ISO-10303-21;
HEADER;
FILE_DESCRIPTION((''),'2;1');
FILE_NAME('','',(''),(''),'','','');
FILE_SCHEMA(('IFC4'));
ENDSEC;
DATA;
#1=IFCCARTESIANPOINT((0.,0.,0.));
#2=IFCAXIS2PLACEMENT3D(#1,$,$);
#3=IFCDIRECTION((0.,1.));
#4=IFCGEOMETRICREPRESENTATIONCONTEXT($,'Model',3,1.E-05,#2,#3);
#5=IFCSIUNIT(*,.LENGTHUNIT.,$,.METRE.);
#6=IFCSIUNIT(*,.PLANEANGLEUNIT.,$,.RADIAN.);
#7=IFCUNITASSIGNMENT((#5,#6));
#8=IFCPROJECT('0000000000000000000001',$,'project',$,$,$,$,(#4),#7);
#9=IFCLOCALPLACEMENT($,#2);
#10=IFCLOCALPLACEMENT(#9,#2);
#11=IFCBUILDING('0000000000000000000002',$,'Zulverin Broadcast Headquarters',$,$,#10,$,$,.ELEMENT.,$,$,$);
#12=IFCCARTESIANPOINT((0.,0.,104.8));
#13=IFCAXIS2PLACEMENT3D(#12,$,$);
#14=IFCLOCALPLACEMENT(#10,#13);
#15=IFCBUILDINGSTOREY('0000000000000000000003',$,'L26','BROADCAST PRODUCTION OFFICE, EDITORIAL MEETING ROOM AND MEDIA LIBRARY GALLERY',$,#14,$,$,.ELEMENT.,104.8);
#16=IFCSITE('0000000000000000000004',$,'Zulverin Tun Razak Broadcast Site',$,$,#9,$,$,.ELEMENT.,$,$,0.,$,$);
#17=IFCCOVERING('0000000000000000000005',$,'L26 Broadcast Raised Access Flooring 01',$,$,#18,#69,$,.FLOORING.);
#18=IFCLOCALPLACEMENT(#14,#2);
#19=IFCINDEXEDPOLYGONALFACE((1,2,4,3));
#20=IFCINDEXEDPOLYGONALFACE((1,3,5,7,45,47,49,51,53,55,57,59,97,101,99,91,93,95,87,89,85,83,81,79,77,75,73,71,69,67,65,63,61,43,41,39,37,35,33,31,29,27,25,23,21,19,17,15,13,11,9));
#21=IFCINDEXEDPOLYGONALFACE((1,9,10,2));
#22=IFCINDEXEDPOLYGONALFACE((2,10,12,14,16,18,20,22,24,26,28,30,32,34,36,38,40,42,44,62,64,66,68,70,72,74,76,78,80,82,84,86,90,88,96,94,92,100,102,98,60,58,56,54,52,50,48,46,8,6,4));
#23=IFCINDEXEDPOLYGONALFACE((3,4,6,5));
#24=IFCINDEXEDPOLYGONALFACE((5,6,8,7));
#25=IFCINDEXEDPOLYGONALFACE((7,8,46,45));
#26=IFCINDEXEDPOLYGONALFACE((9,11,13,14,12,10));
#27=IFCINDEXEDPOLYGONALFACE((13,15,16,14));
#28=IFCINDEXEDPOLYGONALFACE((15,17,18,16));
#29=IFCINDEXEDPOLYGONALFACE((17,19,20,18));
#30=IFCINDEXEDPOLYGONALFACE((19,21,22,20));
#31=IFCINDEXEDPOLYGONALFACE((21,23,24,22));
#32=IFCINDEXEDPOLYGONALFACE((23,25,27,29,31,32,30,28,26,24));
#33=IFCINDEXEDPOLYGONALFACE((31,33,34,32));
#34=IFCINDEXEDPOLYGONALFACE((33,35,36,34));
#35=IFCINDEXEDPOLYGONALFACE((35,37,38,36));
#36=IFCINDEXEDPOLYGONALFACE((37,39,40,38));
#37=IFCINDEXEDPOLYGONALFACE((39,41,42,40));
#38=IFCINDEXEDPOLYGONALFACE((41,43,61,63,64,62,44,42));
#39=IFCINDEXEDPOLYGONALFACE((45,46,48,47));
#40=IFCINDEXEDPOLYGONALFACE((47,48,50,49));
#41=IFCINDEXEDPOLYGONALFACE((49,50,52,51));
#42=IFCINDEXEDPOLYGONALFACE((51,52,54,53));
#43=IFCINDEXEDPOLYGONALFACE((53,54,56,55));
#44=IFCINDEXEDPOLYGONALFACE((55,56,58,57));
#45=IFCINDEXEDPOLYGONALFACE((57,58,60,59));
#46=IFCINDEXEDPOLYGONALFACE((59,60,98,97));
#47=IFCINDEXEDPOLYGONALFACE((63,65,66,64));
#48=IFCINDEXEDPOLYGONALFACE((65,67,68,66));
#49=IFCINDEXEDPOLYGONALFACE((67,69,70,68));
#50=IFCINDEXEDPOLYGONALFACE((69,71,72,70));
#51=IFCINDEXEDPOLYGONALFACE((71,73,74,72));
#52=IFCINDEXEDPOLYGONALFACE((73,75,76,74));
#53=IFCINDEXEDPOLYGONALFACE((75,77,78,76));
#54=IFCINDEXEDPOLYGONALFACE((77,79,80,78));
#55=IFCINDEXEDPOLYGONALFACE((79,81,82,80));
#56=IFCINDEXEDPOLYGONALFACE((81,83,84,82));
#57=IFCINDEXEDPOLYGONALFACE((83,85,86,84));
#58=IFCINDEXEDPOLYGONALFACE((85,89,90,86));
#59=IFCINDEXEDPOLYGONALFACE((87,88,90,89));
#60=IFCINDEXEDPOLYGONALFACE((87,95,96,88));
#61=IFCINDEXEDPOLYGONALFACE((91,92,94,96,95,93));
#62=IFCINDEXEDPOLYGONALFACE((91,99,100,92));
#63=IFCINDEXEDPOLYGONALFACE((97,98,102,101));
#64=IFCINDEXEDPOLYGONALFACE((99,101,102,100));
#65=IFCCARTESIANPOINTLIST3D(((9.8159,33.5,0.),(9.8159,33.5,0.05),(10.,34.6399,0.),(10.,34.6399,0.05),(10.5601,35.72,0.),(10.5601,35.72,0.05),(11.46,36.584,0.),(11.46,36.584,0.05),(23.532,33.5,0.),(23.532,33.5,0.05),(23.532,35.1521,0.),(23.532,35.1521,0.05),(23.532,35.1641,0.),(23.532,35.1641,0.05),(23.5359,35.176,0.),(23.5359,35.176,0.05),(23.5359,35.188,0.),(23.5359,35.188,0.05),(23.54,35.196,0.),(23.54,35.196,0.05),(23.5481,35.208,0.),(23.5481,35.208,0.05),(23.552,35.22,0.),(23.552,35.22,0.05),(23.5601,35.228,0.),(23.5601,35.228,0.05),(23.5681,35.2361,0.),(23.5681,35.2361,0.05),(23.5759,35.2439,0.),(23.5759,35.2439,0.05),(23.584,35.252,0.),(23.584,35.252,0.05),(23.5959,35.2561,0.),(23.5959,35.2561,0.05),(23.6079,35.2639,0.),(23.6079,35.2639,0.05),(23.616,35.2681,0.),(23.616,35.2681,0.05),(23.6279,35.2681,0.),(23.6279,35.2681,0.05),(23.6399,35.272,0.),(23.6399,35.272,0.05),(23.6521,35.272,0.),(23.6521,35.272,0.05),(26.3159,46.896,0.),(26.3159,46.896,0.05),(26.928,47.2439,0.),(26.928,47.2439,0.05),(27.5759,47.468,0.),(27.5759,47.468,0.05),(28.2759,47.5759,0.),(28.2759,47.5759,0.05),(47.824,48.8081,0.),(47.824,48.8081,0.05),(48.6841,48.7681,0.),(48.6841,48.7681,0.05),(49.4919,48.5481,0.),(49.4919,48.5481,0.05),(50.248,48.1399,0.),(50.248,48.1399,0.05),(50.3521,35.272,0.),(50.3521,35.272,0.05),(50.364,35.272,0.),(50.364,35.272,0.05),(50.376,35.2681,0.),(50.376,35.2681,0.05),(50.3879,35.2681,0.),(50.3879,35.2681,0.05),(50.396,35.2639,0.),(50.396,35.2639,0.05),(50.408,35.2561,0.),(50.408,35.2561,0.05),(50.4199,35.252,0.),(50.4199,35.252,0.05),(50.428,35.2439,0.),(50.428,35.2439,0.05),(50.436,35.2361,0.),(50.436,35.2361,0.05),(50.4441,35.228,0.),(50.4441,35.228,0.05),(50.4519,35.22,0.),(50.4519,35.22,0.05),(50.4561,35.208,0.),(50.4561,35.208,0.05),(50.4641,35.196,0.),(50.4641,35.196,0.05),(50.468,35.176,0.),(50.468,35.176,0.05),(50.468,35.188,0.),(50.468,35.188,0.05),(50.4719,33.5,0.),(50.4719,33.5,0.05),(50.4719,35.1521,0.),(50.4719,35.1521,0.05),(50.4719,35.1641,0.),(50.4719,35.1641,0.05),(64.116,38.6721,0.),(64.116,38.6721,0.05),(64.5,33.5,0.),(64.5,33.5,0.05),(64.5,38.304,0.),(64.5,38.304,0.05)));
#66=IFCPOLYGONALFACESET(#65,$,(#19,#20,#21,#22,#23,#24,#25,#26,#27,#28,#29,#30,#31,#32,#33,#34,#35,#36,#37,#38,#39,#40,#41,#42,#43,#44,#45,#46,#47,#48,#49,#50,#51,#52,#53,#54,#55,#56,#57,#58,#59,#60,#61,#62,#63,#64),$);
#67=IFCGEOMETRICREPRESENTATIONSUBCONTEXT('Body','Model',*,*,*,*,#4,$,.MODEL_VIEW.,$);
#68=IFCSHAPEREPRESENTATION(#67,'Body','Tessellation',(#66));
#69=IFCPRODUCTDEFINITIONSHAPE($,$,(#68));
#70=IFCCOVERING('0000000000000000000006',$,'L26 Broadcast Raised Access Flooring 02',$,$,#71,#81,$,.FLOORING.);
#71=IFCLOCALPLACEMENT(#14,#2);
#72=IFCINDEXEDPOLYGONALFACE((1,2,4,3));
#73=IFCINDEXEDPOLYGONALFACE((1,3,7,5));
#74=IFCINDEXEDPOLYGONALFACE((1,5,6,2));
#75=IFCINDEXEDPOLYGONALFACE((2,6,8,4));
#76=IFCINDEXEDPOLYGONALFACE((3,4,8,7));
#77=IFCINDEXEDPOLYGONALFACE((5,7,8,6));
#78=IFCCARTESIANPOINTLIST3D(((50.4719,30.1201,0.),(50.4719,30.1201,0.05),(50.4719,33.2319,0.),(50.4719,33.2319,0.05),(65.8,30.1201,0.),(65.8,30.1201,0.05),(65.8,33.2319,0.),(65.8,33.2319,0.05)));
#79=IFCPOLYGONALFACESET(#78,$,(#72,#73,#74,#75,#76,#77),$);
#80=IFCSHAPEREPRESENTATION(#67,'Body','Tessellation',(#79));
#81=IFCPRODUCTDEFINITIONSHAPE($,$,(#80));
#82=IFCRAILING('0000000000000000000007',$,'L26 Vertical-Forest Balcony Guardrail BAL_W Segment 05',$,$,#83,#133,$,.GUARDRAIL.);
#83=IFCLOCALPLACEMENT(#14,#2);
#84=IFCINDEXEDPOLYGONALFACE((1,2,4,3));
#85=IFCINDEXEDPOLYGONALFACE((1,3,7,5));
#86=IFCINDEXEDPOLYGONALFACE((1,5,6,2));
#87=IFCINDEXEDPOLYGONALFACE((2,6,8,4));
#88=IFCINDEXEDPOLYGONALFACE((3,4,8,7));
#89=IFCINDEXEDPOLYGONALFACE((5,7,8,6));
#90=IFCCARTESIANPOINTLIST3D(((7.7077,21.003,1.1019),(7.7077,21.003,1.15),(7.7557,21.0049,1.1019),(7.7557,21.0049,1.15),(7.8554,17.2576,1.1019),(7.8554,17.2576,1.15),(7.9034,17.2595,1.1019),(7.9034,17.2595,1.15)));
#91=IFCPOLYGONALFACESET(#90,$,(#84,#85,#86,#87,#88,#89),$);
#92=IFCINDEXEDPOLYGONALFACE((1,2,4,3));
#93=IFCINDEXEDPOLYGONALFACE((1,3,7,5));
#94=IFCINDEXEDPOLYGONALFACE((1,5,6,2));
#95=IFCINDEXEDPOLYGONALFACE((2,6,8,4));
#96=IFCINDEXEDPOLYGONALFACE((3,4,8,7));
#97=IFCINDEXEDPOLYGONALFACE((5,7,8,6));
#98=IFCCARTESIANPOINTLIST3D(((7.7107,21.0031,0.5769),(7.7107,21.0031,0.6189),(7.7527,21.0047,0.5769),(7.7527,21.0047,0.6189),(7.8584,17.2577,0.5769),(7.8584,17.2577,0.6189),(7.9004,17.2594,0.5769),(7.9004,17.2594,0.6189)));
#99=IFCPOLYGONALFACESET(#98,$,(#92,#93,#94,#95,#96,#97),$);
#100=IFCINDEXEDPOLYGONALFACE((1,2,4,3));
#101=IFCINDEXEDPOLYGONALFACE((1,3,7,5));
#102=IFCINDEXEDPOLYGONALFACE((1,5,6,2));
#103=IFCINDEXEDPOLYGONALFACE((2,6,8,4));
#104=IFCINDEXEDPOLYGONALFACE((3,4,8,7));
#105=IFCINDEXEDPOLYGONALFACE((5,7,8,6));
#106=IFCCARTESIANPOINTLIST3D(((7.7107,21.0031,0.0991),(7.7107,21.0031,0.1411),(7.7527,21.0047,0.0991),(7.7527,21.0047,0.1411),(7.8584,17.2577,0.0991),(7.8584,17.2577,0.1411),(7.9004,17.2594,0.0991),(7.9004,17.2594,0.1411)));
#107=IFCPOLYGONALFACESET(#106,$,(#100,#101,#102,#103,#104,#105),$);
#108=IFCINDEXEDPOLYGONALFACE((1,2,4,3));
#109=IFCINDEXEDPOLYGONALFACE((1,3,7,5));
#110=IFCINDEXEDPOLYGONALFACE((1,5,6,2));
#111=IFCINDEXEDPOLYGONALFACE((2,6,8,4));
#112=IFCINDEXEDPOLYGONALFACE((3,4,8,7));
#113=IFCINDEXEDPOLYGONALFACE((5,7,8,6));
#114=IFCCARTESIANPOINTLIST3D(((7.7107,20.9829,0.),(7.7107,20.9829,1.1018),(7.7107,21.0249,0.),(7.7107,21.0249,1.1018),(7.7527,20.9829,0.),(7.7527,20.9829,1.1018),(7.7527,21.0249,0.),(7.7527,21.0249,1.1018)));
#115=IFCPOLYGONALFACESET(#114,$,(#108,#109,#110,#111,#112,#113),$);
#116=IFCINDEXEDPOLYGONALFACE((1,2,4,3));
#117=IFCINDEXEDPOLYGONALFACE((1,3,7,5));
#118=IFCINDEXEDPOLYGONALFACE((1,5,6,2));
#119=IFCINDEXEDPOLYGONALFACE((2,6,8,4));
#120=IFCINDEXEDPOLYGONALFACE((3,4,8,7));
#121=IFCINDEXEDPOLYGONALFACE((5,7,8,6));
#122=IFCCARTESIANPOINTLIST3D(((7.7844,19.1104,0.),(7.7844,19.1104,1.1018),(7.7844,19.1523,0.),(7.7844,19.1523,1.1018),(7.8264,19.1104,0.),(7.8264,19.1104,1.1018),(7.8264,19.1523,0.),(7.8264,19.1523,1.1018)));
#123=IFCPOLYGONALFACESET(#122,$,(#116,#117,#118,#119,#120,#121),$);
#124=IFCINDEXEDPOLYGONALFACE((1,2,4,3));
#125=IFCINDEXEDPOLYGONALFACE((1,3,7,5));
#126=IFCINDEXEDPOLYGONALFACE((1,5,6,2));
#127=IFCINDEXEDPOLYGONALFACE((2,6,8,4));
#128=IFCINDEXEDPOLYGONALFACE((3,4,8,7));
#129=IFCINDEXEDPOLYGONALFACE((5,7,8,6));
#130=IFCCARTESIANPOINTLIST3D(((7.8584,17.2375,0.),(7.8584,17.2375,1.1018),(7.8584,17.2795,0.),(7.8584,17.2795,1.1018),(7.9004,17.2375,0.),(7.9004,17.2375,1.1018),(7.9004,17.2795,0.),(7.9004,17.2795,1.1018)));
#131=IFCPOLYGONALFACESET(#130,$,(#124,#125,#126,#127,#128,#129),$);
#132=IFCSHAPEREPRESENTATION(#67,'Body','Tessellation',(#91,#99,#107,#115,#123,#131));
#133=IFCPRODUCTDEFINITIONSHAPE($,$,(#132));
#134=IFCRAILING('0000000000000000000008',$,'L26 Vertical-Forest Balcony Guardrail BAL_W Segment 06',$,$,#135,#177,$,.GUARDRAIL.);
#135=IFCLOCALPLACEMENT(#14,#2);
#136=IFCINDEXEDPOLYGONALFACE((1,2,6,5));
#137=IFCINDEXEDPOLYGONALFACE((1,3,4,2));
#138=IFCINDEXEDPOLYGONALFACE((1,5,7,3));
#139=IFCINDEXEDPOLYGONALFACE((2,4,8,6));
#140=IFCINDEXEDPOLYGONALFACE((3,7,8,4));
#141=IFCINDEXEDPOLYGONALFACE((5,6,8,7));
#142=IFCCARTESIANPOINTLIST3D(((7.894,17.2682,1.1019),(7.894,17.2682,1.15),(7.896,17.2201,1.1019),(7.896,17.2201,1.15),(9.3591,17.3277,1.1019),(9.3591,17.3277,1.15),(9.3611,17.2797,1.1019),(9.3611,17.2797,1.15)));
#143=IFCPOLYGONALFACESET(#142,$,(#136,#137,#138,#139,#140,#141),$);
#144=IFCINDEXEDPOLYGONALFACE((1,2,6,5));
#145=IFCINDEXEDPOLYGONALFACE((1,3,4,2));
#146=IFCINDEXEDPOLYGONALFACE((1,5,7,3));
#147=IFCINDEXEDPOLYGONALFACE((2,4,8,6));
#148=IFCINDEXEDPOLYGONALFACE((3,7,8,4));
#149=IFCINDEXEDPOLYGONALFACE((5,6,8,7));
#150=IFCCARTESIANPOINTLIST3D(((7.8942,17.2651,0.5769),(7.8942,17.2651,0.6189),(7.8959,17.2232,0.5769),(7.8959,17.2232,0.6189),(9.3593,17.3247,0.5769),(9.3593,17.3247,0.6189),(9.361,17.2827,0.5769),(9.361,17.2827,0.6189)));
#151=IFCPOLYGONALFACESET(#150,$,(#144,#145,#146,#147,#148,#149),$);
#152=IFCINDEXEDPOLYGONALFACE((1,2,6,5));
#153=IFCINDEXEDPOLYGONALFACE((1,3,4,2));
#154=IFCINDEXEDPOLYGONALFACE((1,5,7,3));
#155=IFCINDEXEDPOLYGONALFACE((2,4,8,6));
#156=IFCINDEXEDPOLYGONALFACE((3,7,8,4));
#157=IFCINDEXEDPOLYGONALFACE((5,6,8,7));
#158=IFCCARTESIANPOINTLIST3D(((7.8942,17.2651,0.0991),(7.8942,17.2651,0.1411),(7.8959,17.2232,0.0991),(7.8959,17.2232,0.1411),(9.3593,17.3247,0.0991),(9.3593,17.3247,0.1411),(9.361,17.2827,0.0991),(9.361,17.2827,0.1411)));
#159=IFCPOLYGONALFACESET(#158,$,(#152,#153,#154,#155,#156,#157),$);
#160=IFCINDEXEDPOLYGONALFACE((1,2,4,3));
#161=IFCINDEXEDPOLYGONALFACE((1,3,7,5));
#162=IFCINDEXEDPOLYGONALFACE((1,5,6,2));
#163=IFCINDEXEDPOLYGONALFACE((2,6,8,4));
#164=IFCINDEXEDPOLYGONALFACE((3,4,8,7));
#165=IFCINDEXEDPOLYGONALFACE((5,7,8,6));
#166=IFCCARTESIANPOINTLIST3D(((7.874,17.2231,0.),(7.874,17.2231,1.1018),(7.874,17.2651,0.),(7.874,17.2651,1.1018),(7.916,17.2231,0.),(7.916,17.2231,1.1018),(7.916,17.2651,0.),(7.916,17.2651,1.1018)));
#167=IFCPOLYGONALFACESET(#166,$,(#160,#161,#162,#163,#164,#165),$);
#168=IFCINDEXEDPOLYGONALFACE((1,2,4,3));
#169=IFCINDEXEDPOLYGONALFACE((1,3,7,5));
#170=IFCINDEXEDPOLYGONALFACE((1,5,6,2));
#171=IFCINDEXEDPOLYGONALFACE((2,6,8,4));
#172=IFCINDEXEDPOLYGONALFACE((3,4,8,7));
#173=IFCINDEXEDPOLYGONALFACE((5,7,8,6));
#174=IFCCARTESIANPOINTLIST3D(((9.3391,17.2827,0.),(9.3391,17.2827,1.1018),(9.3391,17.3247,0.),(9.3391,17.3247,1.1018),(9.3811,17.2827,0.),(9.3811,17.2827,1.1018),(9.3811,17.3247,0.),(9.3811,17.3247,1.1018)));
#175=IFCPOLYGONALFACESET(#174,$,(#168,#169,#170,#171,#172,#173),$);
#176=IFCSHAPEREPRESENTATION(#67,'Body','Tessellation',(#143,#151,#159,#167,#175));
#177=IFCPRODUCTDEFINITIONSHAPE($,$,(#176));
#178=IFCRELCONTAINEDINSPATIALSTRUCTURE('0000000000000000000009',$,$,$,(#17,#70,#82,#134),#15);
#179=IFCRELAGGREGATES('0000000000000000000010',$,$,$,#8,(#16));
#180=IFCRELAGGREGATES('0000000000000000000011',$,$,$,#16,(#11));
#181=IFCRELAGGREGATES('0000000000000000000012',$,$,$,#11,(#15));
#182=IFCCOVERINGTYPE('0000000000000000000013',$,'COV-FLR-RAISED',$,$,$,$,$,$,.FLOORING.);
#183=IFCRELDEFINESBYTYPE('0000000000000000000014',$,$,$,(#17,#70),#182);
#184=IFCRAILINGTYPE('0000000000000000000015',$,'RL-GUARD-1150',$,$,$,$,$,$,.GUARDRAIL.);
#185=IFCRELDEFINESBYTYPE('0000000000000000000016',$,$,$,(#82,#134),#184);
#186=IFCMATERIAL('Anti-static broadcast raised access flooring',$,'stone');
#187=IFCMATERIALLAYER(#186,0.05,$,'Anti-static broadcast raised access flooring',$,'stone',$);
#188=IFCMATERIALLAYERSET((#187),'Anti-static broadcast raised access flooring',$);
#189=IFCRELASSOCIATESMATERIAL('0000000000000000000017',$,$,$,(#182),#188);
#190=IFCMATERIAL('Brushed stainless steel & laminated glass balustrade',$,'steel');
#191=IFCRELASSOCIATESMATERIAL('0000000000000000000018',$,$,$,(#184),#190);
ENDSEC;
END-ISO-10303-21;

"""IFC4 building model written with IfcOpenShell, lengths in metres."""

from ifc_helpers import new_model, si_unit, direction, frame, origin, origin_2d, place, context, subcontext, project, spatial, polyline, rectangle, outline, extrude, material, layer, layer_set, type_object, element, save


model = new_model("IFC4")

# Units and contexts
model_context = context("Model", 3, precision=1e-05, world=origin(), true_north=direction((0.0, 1.0)))
body_context = subcontext(model_context, "Body", "Model", "MODEL_VIEW")
ifc_project = project(units=[si_unit("LENGTHUNIT", "METRE"), si_unit("PLANEANGLEUNIT", "RADIAN")], contexts=[model_context])

# Site, building, storey
site_placement = place(None, origin())
site = spatial("IfcSite", under=ifc_project, at=site_placement, Name="Zulverin Tun Razak Broadcast Site", CompositionType="ELEMENT", RefElevation=0.0)
building_placement = place(site_placement, origin())
building = spatial("IfcBuilding", under=site, at=building_placement, Name="Zulverin Broadcast Headquarters", CompositionType="ELEMENT")
storey_placement = place(building_placement, frame((0.0, 0.0, 104.8)))
storey = spatial("IfcBuildingStorey", under=building, at=storey_placement, Name="L26", Description="BROADCAST PRODUCTION OFFICE, EDITORIAL MEETING ROOM AND MEDIA LIBRARY GALLERY", CompositionType="ELEMENT", Elevation=104.8)

# Coverings
ifc_material_1 = material(Name="Anti-static broadcast raised access flooring", Category="stone")
ifc_layer_1 = layer(ifc_material_1, 0.05, Name="Anti-static broadcast raised access flooring", Category="stone")
ifc_layer_set_1 = layer_set([ifc_layer_1], Name="Anti-static broadcast raised access flooring")
covering_type_1 = type_object("IfcCoveringType", Name="COV-FLR-RAISED", PredefinedType="FLOORING", material=ifc_layer_set_1)
covering_1_placement = place(storey_placement, origin())
element("IfcCovering", 1, at=covering_1_placement, inside=storey, type_object=covering_type_1, Name="L26 Broadcast Raised Access Flooring 01", PredefinedType="FLOORING", context=body_context, shape_type="SweptSolid", body=[
    extrude(outline(polyline([(11.46, 36.584), (10.5601, 35.72), (10.0, 34.6399), (9.8159, 33.5), (23.532, 33.5), (23.532, 35.1521), (23.532, 35.1641), (23.5359, 35.176), (23.5359, 35.188), (23.54, 35.196), (23.5481, 35.208), (23.552, 35.22), (23.5601, 35.228), (23.5681, 35.2361), (23.5759, 35.2439), (23.584, 35.252), (23.5959, 35.2561), (23.6079, 35.2639), (23.616, 35.2681), (23.6279, 35.2681), (23.6399, 35.272), (23.6521, 35.272), (50.3521, 35.272), (50.364, 35.272), (50.376, 35.2681), (50.3879, 35.2681), (50.396, 35.2639), (50.408, 35.2561), (50.4199, 35.252), (50.428, 35.2439), (50.436, 35.2361), (50.4441, 35.228), (50.4519, 35.22), (50.4561, 35.208), (50.4641, 35.196), (50.468, 35.188), (50.468, 35.176), (50.4719, 35.1641), (50.4719, 35.1521), (50.4719, 33.5), (64.5, 33.5), (64.5, 38.304), (64.116, 38.6721), (50.248, 48.1399), (49.4919, 48.5481), (48.6841, 48.7681), (47.824, 48.8081), (28.2759, 47.5759), (27.5759, 47.468), (26.928, 47.2439), (26.3159, 46.896), (11.46, 36.584)])), origin(), (0.0, 0.0, 1.0), 0.05),
])
covering_2_placement = place(storey_placement, origin())
element("IfcCovering", 2, at=covering_2_placement, inside=storey, type_object=covering_type_1, Name="L26 Broadcast Raised Access Flooring 02", PredefinedType="FLOORING", context=body_context, shape_type="SweptSolid", body=[
    extrude(outline(polyline([(50.4719, 30.1201), (65.8, 30.1201), (65.8, 33.2319), (50.4719, 33.2319), (50.4719, 30.1201)])), origin(), (0.0, 0.0, 1.0), 0.05),
])

# Railings
ifc_material_2 = material(Name="Brushed stainless steel & laminated glass balustrade", Category="steel")
railing_type = type_object("IfcRailingType", Name="RL-GUARD-1150", PredefinedType="GUARDRAIL", material=ifc_material_2)
railing_1_placement = place(storey_placement, frame((7.7317, 21.0039, 0.0)))
element("IfcRailing", 3, at=railing_1_placement, inside=storey, type_object=railing_type, Name="L26 Vertical-Forest Balcony Guardrail BAL_W Segment 05", PredefinedType="GUARDRAIL", context=body_context, shape_type="SweptSolid", body=[
    extrude(rectangle(XDim=0.0481, YDim=0.0481, at=origin_2d()), frame((0.0, 0.0, 1.126), z_axis=(0.039406, -0.999223, 0.0), x_axis=(0.999223, 0.039406, 0.0)), (0.0, 0.0, 1.0), 3.7483),
    extrude(rectangle(XDim=0.042, YDim=0.042, at=origin_2d()), frame((0.0, 0.0, 0.5979), z_axis=(0.039406, -0.999223, 0.0), x_axis=(0.999223, 0.039406, 0.0)), (0.0, 0.0, 1.0), 3.7483),
    extrude(rectangle(XDim=0.042, YDim=0.042, at=origin_2d()), frame((0.0, 0.0, 0.1201), z_axis=(0.039406, -0.999223, 0.0), x_axis=(0.999223, 0.039406, 0.0)), (0.0, 0.0, 1.0), 3.7483),
    extrude(rectangle(XDim=0.042, YDim=0.042, at=origin_2d()), origin(), (0.0, 0.0, 1.0), 1.1018),
    extrude(rectangle(XDim=0.042, YDim=0.042, at=origin_2d()), frame((0.0737, -1.8726, 0.0)), (0.0, 0.0, 1.0), 1.1018),
    extrude(rectangle(XDim=0.042, YDim=0.042, at=origin_2d()), frame((0.1477, -3.7454, 0.0)), (0.0, 0.0, 1.0), 1.1018),
])
railing_2_placement = place(storey_placement, frame((7.895, 17.2441, 0.0)))
element("IfcRailing", 4, at=railing_2_placement, inside=storey, type_object=railing_type, Name="L26 Vertical-Forest Balcony Guardrail BAL_W Segment 06", PredefinedType="GUARDRAIL", context=body_context, shape_type="SweptSolid", body=[
    extrude(rectangle(XDim=0.0481, YDim=0.0481, at=origin_2d()), frame((0.0, 0.0, 1.126), z_axis=(0.999174, 0.040626, 0.0), x_axis=(-0.040626, 0.999174, 0.0)), (0.0, 0.0, 1.0), 1.4663),
    extrude(rectangle(XDim=0.042, YDim=0.042, at=origin_2d()), frame((0.0, 0.0, 0.5979), z_axis=(0.999174, 0.040626, 0.0), x_axis=(-0.040626, 0.999174, 0.0)), (0.0, 0.0, 1.0), 1.4663),
    extrude(rectangle(XDim=0.042, YDim=0.042, at=origin_2d()), frame((0.0, 0.0, 0.1201), z_axis=(0.999174, 0.040626, 0.0), x_axis=(-0.040626, 0.999174, 0.0)), (0.0, 0.0, 1.0), 1.4663),
    extrude(rectangle(XDim=0.042, YDim=0.042, at=origin_2d()), origin(), (0.0, 0.0, 1.0), 1.1018),
    extrude(rectangle(XDim=0.042, YDim=0.042, at=origin_2d()), frame((1.4651, 0.0596, 0.0)), (0.0, 0.0, 1.0), 1.1018),
])

save(model, "model.ifc")
